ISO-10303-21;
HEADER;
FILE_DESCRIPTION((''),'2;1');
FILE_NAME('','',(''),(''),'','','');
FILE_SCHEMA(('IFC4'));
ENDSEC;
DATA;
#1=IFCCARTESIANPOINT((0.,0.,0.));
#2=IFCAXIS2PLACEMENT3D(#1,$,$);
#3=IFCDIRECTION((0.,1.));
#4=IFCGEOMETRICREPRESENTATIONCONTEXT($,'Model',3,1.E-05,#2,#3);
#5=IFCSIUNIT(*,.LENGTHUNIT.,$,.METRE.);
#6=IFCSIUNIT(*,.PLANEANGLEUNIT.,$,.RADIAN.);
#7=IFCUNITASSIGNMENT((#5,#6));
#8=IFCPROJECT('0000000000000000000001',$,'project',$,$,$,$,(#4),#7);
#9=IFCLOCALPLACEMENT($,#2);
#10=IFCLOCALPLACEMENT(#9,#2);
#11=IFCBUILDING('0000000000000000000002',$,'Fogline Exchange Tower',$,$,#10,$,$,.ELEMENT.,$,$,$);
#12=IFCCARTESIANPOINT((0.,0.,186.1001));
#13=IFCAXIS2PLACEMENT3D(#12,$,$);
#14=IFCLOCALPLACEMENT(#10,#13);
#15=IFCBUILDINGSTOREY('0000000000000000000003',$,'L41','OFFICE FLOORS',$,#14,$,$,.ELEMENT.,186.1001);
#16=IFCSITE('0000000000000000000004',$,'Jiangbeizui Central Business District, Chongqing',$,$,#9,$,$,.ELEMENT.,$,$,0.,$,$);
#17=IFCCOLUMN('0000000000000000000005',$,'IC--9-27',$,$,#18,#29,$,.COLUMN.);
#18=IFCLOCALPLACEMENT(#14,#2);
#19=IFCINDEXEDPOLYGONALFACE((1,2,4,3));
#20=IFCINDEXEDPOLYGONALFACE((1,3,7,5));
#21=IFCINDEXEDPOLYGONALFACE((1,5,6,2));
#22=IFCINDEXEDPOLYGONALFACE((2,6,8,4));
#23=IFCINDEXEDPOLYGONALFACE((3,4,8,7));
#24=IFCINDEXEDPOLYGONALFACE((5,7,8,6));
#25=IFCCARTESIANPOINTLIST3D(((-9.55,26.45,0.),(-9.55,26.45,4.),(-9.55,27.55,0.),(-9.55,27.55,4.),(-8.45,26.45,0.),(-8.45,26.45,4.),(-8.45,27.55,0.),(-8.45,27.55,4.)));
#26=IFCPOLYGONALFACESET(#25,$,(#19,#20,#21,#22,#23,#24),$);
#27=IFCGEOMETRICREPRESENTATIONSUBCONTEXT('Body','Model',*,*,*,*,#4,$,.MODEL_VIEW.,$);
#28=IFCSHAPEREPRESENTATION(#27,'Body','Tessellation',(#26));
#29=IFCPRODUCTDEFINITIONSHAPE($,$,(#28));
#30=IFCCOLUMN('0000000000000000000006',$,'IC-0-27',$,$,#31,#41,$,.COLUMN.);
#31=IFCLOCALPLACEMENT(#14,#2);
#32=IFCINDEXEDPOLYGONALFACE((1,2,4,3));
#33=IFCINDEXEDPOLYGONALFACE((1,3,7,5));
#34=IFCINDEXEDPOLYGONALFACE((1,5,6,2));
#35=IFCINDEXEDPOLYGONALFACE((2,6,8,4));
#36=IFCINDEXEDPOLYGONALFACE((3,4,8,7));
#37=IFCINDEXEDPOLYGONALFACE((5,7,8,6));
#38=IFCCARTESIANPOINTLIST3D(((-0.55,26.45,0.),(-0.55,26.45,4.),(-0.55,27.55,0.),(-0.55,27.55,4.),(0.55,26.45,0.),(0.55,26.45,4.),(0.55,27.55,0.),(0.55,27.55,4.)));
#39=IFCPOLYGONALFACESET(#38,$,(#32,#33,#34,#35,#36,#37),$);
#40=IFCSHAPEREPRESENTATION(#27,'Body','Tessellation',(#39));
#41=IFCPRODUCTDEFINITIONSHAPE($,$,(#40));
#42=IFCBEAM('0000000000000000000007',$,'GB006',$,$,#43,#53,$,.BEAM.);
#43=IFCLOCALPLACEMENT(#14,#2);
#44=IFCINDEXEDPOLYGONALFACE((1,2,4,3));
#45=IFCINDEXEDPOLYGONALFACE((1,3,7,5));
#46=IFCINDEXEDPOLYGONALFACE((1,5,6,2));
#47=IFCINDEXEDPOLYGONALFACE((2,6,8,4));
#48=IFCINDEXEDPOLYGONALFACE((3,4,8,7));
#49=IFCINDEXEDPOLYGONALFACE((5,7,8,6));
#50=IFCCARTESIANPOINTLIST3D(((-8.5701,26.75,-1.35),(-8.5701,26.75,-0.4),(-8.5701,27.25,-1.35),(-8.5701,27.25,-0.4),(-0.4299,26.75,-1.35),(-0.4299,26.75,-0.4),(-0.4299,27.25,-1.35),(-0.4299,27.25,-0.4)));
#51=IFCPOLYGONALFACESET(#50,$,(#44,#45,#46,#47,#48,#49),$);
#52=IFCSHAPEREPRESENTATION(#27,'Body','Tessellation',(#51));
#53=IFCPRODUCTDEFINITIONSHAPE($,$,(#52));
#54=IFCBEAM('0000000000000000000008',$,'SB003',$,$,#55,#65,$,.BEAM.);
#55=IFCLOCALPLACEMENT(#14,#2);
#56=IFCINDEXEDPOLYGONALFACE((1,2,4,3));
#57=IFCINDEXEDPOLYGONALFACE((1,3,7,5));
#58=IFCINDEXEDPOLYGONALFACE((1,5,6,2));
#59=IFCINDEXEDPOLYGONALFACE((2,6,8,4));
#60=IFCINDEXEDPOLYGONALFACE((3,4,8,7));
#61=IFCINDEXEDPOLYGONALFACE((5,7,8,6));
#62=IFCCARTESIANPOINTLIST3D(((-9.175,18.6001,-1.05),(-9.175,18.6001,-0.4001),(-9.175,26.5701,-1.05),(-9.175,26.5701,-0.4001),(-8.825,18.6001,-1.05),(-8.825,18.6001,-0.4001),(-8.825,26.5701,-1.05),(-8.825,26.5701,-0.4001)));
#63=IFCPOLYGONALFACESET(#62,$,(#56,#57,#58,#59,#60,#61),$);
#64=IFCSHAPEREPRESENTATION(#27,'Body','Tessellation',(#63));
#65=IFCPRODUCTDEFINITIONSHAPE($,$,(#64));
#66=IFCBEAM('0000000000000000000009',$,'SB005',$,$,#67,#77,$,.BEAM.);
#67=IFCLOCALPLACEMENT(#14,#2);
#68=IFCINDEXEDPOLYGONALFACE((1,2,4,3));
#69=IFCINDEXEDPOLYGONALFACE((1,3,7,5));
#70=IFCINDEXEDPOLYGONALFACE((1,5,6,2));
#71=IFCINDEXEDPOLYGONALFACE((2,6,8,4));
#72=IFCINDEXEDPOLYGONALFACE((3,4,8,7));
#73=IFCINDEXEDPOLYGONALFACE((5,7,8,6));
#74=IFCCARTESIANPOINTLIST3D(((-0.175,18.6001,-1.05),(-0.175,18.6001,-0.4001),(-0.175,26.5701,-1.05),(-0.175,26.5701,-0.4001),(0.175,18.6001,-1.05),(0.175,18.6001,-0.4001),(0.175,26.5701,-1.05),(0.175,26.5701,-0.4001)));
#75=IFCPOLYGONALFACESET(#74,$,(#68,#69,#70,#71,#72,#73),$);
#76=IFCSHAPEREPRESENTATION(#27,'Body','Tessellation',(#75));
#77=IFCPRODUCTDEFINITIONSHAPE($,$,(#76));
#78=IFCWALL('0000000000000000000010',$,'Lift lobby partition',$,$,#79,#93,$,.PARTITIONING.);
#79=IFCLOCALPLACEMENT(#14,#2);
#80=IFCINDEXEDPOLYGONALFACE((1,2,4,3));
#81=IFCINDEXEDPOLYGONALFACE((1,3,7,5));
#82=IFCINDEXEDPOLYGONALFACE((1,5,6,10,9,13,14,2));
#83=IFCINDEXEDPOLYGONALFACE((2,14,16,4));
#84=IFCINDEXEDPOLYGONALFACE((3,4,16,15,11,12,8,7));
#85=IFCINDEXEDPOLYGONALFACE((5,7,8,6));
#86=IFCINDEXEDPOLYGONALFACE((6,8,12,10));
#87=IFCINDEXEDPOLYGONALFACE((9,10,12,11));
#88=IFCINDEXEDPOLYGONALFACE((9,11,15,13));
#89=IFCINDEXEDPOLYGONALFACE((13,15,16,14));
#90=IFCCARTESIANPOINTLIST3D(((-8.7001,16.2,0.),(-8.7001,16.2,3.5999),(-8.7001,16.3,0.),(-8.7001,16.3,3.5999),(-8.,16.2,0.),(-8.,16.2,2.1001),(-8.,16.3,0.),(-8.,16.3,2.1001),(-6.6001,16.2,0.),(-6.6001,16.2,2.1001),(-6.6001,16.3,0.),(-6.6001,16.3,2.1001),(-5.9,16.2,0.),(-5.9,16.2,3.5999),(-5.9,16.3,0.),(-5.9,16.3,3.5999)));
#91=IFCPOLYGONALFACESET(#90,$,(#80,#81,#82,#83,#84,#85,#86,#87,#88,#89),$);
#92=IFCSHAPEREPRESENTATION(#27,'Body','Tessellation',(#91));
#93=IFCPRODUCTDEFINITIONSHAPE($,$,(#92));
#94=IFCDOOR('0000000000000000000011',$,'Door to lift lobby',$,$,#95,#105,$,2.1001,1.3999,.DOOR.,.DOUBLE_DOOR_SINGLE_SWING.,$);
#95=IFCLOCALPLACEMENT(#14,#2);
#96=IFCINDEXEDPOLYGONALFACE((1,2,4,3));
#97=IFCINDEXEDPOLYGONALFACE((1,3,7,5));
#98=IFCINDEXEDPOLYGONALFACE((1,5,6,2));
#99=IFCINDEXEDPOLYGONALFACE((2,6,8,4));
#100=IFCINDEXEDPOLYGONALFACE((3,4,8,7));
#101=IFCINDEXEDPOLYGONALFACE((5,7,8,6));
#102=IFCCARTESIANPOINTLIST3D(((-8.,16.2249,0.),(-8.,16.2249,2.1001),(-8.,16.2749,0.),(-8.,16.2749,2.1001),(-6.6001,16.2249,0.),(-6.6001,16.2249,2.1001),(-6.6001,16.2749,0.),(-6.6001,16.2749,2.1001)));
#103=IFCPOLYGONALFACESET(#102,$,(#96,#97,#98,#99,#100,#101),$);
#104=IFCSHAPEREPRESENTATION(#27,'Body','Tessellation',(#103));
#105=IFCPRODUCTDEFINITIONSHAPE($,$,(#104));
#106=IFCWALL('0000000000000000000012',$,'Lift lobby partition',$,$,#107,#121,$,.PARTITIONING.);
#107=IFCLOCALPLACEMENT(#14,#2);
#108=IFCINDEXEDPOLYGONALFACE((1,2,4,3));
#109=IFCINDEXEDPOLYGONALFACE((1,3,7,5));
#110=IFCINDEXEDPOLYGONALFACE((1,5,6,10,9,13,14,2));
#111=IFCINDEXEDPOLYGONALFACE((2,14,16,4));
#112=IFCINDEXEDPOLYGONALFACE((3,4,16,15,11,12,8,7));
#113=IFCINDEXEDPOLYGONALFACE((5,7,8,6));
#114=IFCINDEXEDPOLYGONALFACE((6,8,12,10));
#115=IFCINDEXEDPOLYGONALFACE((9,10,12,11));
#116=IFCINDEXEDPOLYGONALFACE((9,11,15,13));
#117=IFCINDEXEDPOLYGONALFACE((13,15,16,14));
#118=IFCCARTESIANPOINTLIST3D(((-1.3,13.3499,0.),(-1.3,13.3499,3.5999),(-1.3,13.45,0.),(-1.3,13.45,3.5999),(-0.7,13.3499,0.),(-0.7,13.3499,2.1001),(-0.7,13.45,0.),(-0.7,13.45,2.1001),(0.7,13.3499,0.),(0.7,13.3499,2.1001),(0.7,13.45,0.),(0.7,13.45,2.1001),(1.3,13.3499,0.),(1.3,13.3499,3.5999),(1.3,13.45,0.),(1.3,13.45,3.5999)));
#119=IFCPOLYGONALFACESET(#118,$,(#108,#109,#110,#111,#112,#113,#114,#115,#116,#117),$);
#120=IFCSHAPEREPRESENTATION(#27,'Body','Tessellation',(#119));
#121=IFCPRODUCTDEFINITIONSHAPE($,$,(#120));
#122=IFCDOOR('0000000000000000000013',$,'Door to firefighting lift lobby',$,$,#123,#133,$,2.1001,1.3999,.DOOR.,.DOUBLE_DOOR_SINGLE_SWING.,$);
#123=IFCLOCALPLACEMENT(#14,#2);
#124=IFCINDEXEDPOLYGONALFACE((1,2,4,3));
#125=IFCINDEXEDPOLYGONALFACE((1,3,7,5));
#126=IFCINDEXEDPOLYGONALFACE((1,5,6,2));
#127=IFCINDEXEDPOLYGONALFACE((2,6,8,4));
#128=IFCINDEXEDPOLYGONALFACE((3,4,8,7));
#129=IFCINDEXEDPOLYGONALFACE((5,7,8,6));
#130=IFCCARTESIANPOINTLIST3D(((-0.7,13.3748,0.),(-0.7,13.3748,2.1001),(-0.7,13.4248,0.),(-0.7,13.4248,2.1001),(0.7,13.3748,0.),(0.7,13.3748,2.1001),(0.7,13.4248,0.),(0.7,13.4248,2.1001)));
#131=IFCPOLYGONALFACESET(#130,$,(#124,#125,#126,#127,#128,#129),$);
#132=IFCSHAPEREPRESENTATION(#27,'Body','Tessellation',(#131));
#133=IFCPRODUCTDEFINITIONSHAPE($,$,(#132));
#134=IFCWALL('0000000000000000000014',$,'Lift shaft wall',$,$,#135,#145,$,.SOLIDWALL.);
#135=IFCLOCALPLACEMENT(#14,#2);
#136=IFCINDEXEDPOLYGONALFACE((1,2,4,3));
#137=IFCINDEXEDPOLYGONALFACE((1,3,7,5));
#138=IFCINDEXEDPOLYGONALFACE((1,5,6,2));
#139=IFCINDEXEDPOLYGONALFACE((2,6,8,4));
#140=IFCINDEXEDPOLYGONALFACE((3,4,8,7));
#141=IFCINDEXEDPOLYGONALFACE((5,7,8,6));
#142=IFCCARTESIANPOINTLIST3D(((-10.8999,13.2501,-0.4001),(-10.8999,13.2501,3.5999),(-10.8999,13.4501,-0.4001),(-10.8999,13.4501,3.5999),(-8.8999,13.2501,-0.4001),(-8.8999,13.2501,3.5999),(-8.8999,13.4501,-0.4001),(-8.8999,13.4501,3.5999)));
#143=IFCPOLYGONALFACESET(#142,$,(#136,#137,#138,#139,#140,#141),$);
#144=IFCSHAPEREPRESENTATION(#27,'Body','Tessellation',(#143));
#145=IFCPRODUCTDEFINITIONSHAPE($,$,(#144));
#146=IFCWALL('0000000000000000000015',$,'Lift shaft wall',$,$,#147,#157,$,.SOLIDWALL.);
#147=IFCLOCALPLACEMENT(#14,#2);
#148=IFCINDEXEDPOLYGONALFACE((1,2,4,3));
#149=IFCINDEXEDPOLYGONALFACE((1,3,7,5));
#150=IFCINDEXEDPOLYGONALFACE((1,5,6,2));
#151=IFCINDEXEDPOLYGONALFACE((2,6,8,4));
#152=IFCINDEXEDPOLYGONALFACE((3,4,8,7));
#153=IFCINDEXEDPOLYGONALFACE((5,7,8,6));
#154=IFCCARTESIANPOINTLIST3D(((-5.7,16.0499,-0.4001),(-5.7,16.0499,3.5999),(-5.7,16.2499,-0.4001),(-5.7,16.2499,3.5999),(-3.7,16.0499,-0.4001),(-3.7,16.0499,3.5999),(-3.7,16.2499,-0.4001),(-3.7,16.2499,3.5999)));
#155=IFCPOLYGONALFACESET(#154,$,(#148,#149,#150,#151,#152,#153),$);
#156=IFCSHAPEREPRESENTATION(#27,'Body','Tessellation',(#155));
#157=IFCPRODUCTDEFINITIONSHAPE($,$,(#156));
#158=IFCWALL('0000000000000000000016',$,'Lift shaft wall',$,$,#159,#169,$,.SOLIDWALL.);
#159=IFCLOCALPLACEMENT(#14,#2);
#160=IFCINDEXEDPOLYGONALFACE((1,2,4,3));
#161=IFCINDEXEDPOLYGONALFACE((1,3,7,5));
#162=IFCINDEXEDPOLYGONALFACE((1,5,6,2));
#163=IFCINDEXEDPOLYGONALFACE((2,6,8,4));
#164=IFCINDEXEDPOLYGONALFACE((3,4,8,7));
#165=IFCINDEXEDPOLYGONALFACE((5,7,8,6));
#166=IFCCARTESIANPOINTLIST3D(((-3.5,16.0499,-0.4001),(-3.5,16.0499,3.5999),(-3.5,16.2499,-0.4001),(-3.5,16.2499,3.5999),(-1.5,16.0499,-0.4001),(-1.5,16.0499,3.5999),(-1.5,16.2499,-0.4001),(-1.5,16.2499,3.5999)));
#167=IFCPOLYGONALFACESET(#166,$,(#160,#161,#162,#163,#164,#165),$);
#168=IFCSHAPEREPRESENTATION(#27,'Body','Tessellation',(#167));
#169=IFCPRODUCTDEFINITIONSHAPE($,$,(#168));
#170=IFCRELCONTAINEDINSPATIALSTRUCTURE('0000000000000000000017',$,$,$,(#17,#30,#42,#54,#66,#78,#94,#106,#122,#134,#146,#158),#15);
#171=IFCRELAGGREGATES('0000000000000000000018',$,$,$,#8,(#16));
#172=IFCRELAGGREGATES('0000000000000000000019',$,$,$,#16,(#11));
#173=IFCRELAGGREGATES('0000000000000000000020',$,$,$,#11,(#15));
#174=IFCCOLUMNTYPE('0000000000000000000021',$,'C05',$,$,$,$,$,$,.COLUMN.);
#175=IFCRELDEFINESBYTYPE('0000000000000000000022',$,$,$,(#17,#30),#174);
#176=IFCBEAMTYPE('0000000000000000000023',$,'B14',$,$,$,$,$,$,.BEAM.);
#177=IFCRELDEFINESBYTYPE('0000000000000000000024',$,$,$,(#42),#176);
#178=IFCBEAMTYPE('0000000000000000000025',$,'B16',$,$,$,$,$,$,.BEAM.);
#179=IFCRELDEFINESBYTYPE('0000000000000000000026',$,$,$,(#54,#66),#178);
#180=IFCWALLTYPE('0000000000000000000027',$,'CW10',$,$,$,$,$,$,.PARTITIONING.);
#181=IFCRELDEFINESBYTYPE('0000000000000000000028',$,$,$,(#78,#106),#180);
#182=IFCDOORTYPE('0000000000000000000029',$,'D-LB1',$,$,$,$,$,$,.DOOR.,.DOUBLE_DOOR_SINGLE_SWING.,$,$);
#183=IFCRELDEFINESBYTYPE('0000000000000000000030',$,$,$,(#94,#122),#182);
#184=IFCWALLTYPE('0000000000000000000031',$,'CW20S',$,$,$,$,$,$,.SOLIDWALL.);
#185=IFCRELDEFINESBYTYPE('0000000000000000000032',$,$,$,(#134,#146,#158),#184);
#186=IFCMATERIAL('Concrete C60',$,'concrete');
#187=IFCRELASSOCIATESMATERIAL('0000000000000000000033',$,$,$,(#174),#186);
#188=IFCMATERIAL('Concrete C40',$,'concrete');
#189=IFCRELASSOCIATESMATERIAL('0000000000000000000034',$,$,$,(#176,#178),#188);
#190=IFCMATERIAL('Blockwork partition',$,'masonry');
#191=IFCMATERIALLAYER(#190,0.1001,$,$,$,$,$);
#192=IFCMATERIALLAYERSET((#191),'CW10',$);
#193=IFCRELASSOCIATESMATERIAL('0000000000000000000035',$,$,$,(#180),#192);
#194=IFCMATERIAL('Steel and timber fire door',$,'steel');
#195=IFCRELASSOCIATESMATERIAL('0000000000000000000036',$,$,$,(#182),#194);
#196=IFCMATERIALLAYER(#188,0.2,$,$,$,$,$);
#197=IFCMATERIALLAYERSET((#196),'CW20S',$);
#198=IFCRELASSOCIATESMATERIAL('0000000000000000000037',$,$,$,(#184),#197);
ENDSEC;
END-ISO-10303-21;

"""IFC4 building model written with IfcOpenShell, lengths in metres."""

from ifc_helpers import new_model, si_unit, direction, frame, frame_2d, origin, origin_2d, place, context, subcontext, project, spatial, rectangle, extrude, material, layer, layer_set, material_profile, profile_set, type_object, element, fill, save


model = new_model("IFC4")

# Units and contexts
model_context = context("Model", 3, precision=1e-05, world=origin(), true_north=direction((0.0, 1.0)))
body_context = subcontext(model_context, "Body", "Model", "MODEL_VIEW")
ifc_project = project(units=[si_unit("LENGTHUNIT", "METRE"), si_unit("PLANEANGLEUNIT", "RADIAN")], contexts=[model_context])

# Site, building, storey
site_placement = place(None, origin())
site = spatial("IfcSite", under=ifc_project, at=site_placement, Name="Jiangbeizui Central Business District, Chongqing", CompositionType="ELEMENT", RefElevation=0.0)
building_placement = place(site_placement, origin())
building = spatial("IfcBuilding", under=site, at=building_placement, Name="Fogline Exchange Tower", CompositionType="ELEMENT")
storey_placement = place(building_placement, frame((0.0, 0.0, 186.1001)))
storey = spatial("IfcBuildingStorey", under=building, at=storey_placement, Name="L41", Description="OFFICE FLOORS", CompositionType="ELEMENT", Elevation=186.1001)

# Columns
ifc_material_1 = material(Name="Concrete C60", Category="concrete")
ifc_material_profile_1 = material_profile(ifc_material_1, rectangle(XDim=1.1001, YDim=1.1001, at=origin_2d()), Name="RC 1100x1100")
ifc_profile_set_1 = profile_set([ifc_material_profile_1], Name="Concrete C60")
column_type = type_object("IfcColumnType", Name="C05", PredefinedType="COLUMN", material=ifc_profile_set_1)
for number, where, z_axis, x_axis, name in (
    (1, (-9.0, 27.0, 0.0), (0.0, 0.0, 1.0), (1.0, 0.0, 0.0), "IC--9-27"),
    (2, (0.0, 27.0, 0.0), (0.0, 0.0, 1.0), (1.0, 0.0, 0.0), "IC-0-27"),
):
    element("IfcColumn", number, at=place(storey_placement, frame(where, z_axis=z_axis, x_axis=x_axis)), inside=storey, type_object=column_type, Name=name, PredefinedType="COLUMN", context=body_context, shape_type="SweptSolid", body=[
        extrude(rectangle(XDim=1.1001, YDim=1.1001, at=origin_2d()), origin(), (0.0, 0.0, 1.0), 4.0),
    ])

# Beams
ifc_material_2 = material(Name="Concrete C40", Category="concrete")
ifc_material_profile_2 = material_profile(ifc_material_2, rectangle(XDim=0.5, YDim=0.95, at=origin_2d()), Name="RC 500x950")
ifc_profile_set_2 = profile_set([ifc_material_profile_2], Name="Concrete C40")
beam_type_1 = type_object("IfcBeamType", Name="B14", PredefinedType="BEAM", material=ifc_profile_set_2)
beam_placement = place(storey_placement, frame((-8.5701, 27.0, -0.875), z_axis=(1.0, 0.0, 0.0), x_axis=(0.0, 1.0, 0.0)))
element("IfcBeam", 3, at=beam_placement, inside=storey, type_object=beam_type_1, Name="GB006", PredefinedType="BEAM", context=body_context, shape_type="SweptSolid", body=[
    extrude(rectangle(XDim=0.5, YDim=0.95, at=origin_2d()), origin(), (0.0, 0.0, 1.0), 8.1401),
])
ifc_material_profile_3 = material_profile(ifc_material_2, rectangle(XDim=0.3501, YDim=0.6499, at=origin_2d()), Name="RC 350x650")
ifc_profile_set_3 = profile_set([ifc_material_profile_3], Name="Concrete C40")
beam_type_2 = type_object("IfcBeamType", Name="B16", PredefinedType="BEAM", material=ifc_profile_set_3)
for number, where, z_axis, x_axis, name in (
    (4, (-9.0, 18.6001, -0.7251), (0.0, 1.0, 0.0), (-1.0, 0.0, 0.0), "SB003"),
    (5, (0.0, 18.6001, -0.7251), (0.0, 1.0, 0.0), (-1.0, 0.0, 0.0), "SB005"),
):
    element("IfcBeam", number, at=place(storey_placement, frame(where, z_axis=z_axis, x_axis=x_axis)), inside=storey, type_object=beam_type_2, Name=name, PredefinedType="BEAM", context=body_context, shape_type="SweptSolid", body=[
        extrude(rectangle(XDim=0.3501, YDim=0.6499, at=origin_2d()), origin(), (0.0, 0.0, 1.0), 7.97),
    ])

# Walls, openings, doors
ifc_material_3 = material(Name="Blockwork partition", Category="masonry")
ifc_layer_1 = layer(ifc_material_3, 0.1001)
ifc_layer_set_1 = layer_set([ifc_layer_1], Name="CW10")
wall_type_1 = type_object("IfcWallType", Name="CW10", PredefinedType="PARTITIONING", material=ifc_layer_set_1)
wall_1_placement = place(storey_placement, frame((-8.7, 16.25, 0.0), z_axis=(0.0, 0.0, 1.0), x_axis=(1.0, 0.0, 0.0)))
wall_1 = element("IfcWall", 6, at=wall_1_placement, inside=storey, type_object=wall_type_1, Name="Lift lobby partition", PredefinedType="PARTITIONING", context=body_context, shape_type="SweptSolid", body=[
    extrude(rectangle(XDim=2.8, YDim=0.1001, at=frame_2d((1.3999, 0.0))), origin(), (0.0, 0.0, 1.0), 3.5999),
])
opening_1_placement = place(wall_1_placement, frame((0.7, 0.0, 0.0)))
opening_1 = element("IfcOpeningElement", 7, at=opening_1_placement, cuts=wall_1, PredefinedType="OPENING", context=body_context, shape_type="SweptSolid", body=[
    extrude(rectangle(XDim=1.3999, YDim=2.1001, at=frame_2d((0.7, 1.05))), frame((0.0, 0.0601, 0.0), z_axis=(0.0, -1.0, 0.0), x_axis=(1.0, 0.0, 0.0)), (0.0, 0.0, 1.0), 0.1201),
])
ifc_material_4 = material(Name="Steel and timber fire door", Category="steel")
door_type_1 = type_object("IfcDoorType", Name="D-LB1", OperationType="DOUBLE_DOOR_SINGLE_SWING", PredefinedType="DOOR", material=ifc_material_4)
door_1_placement = place(opening_1_placement, origin())
door_1 = element("IfcDoor", 8, at=door_1_placement, inside=storey, type_object=door_type_1, Name="Door to lift lobby", OperationType="DOUBLE_DOOR_SINGLE_SWING", OverallHeight=2.1001, OverallWidth=1.3999, PredefinedType="DOOR", context=body_context, shape_type="SweptSolid", body=[
    extrude(rectangle(XDim=1.3999, YDim=2.1001, at=frame_2d((0.7, 1.05))), frame((0.0, 0.0249, 0.0), z_axis=(0.0, -1.0, 0.0), x_axis=(1.0, 0.0, 0.0)), (0.0, 0.0, 1.0), 0.05),
])
fill(opening_1, door_1)
wall_2_placement = place(storey_placement, frame((-1.3, 13.3999, 0.0), z_axis=(0.0, 0.0, 1.0), x_axis=(1.0, 0.0, 0.0)))
wall_2 = element("IfcWall", 9, at=wall_2_placement, inside=storey, type_object=wall_type_1, Name="Lift lobby partition", PredefinedType="PARTITIONING", context=body_context, shape_type="SweptSolid", body=[
    extrude(rectangle(XDim=2.6001, YDim=0.1001, at=frame_2d((1.3, 0.0))), origin(), (0.0, 0.0, 1.0), 3.5999),
])
opening_2_placement = place(wall_2_placement, frame((0.6001, 0.0, 0.0)))
opening_2 = element("IfcOpeningElement", 10, at=opening_2_placement, cuts=wall_2, PredefinedType="OPENING", context=body_context, shape_type="SweptSolid", body=[
    extrude(rectangle(XDim=1.3999, YDim=2.1001, at=frame_2d((0.7, 1.05))), frame((0.0, 0.0601, 0.0), z_axis=(0.0, -1.0, 0.0), x_axis=(1.0, 0.0, 0.0)), (0.0, 0.0, 1.0), 0.1201),
])
door_2_placement = place(opening_2_placement, origin())
door_2 = element("IfcDoor", 11, at=door_2_placement, inside=storey, type_object=door_type_1, Name="Door to firefighting lift lobby", OperationType="DOUBLE_DOOR_SINGLE_SWING", OverallHeight=2.1001, OverallWidth=1.3999, PredefinedType="DOOR", context=body_context, shape_type="SweptSolid", body=[
    extrude(rectangle(XDim=1.3999, YDim=2.1001, at=frame_2d((0.7, 1.05))), frame((0.0, 0.0249, 0.0), z_axis=(0.0, -1.0, 0.0), x_axis=(1.0, 0.0, 0.0)), (0.0, 0.0, 1.0), 0.05),
])
fill(opening_2, door_2)

# Walls
ifc_layer_2 = layer(ifc_material_2, 0.2)
ifc_layer_set_2 = layer_set([ifc_layer_2], Name="CW20S")
wall_type_2 = type_object("IfcWallType", Name="CW20S", PredefinedType="SOLIDWALL", material=ifc_layer_set_2)
for number, where, z_axis, x_axis, name in (
    (12, (-10.8999, 13.3501, -0.4001), (0.0, 0.0, 1.0), (1.0, 0.0, 0.0), "Lift shaft wall"),
    (13, (-5.7, 16.1499, -0.4001), (0.0, 0.0, 1.0), (1.0, 0.0, 0.0), "Lift shaft wall"),
    (14, (-3.5, 16.1499, -0.4001), (0.0, 0.0, 1.0), (1.0, 0.0, 0.0), "Lift shaft wall"),
):
    element("IfcWall", number, at=place(storey_placement, frame(where, z_axis=z_axis, x_axis=x_axis)), inside=storey, type_object=wall_type_2, Name=name, PredefinedType="SOLIDWALL", context=body_context, shape_type="SweptSolid", body=[
        extrude(rectangle(XDim=2.0, YDim=0.2, at=frame_2d((1.0, 0.0))), origin(), (0.0, 0.0, 1.0), 4.0),
    ])

save(model, "model.ifc")
